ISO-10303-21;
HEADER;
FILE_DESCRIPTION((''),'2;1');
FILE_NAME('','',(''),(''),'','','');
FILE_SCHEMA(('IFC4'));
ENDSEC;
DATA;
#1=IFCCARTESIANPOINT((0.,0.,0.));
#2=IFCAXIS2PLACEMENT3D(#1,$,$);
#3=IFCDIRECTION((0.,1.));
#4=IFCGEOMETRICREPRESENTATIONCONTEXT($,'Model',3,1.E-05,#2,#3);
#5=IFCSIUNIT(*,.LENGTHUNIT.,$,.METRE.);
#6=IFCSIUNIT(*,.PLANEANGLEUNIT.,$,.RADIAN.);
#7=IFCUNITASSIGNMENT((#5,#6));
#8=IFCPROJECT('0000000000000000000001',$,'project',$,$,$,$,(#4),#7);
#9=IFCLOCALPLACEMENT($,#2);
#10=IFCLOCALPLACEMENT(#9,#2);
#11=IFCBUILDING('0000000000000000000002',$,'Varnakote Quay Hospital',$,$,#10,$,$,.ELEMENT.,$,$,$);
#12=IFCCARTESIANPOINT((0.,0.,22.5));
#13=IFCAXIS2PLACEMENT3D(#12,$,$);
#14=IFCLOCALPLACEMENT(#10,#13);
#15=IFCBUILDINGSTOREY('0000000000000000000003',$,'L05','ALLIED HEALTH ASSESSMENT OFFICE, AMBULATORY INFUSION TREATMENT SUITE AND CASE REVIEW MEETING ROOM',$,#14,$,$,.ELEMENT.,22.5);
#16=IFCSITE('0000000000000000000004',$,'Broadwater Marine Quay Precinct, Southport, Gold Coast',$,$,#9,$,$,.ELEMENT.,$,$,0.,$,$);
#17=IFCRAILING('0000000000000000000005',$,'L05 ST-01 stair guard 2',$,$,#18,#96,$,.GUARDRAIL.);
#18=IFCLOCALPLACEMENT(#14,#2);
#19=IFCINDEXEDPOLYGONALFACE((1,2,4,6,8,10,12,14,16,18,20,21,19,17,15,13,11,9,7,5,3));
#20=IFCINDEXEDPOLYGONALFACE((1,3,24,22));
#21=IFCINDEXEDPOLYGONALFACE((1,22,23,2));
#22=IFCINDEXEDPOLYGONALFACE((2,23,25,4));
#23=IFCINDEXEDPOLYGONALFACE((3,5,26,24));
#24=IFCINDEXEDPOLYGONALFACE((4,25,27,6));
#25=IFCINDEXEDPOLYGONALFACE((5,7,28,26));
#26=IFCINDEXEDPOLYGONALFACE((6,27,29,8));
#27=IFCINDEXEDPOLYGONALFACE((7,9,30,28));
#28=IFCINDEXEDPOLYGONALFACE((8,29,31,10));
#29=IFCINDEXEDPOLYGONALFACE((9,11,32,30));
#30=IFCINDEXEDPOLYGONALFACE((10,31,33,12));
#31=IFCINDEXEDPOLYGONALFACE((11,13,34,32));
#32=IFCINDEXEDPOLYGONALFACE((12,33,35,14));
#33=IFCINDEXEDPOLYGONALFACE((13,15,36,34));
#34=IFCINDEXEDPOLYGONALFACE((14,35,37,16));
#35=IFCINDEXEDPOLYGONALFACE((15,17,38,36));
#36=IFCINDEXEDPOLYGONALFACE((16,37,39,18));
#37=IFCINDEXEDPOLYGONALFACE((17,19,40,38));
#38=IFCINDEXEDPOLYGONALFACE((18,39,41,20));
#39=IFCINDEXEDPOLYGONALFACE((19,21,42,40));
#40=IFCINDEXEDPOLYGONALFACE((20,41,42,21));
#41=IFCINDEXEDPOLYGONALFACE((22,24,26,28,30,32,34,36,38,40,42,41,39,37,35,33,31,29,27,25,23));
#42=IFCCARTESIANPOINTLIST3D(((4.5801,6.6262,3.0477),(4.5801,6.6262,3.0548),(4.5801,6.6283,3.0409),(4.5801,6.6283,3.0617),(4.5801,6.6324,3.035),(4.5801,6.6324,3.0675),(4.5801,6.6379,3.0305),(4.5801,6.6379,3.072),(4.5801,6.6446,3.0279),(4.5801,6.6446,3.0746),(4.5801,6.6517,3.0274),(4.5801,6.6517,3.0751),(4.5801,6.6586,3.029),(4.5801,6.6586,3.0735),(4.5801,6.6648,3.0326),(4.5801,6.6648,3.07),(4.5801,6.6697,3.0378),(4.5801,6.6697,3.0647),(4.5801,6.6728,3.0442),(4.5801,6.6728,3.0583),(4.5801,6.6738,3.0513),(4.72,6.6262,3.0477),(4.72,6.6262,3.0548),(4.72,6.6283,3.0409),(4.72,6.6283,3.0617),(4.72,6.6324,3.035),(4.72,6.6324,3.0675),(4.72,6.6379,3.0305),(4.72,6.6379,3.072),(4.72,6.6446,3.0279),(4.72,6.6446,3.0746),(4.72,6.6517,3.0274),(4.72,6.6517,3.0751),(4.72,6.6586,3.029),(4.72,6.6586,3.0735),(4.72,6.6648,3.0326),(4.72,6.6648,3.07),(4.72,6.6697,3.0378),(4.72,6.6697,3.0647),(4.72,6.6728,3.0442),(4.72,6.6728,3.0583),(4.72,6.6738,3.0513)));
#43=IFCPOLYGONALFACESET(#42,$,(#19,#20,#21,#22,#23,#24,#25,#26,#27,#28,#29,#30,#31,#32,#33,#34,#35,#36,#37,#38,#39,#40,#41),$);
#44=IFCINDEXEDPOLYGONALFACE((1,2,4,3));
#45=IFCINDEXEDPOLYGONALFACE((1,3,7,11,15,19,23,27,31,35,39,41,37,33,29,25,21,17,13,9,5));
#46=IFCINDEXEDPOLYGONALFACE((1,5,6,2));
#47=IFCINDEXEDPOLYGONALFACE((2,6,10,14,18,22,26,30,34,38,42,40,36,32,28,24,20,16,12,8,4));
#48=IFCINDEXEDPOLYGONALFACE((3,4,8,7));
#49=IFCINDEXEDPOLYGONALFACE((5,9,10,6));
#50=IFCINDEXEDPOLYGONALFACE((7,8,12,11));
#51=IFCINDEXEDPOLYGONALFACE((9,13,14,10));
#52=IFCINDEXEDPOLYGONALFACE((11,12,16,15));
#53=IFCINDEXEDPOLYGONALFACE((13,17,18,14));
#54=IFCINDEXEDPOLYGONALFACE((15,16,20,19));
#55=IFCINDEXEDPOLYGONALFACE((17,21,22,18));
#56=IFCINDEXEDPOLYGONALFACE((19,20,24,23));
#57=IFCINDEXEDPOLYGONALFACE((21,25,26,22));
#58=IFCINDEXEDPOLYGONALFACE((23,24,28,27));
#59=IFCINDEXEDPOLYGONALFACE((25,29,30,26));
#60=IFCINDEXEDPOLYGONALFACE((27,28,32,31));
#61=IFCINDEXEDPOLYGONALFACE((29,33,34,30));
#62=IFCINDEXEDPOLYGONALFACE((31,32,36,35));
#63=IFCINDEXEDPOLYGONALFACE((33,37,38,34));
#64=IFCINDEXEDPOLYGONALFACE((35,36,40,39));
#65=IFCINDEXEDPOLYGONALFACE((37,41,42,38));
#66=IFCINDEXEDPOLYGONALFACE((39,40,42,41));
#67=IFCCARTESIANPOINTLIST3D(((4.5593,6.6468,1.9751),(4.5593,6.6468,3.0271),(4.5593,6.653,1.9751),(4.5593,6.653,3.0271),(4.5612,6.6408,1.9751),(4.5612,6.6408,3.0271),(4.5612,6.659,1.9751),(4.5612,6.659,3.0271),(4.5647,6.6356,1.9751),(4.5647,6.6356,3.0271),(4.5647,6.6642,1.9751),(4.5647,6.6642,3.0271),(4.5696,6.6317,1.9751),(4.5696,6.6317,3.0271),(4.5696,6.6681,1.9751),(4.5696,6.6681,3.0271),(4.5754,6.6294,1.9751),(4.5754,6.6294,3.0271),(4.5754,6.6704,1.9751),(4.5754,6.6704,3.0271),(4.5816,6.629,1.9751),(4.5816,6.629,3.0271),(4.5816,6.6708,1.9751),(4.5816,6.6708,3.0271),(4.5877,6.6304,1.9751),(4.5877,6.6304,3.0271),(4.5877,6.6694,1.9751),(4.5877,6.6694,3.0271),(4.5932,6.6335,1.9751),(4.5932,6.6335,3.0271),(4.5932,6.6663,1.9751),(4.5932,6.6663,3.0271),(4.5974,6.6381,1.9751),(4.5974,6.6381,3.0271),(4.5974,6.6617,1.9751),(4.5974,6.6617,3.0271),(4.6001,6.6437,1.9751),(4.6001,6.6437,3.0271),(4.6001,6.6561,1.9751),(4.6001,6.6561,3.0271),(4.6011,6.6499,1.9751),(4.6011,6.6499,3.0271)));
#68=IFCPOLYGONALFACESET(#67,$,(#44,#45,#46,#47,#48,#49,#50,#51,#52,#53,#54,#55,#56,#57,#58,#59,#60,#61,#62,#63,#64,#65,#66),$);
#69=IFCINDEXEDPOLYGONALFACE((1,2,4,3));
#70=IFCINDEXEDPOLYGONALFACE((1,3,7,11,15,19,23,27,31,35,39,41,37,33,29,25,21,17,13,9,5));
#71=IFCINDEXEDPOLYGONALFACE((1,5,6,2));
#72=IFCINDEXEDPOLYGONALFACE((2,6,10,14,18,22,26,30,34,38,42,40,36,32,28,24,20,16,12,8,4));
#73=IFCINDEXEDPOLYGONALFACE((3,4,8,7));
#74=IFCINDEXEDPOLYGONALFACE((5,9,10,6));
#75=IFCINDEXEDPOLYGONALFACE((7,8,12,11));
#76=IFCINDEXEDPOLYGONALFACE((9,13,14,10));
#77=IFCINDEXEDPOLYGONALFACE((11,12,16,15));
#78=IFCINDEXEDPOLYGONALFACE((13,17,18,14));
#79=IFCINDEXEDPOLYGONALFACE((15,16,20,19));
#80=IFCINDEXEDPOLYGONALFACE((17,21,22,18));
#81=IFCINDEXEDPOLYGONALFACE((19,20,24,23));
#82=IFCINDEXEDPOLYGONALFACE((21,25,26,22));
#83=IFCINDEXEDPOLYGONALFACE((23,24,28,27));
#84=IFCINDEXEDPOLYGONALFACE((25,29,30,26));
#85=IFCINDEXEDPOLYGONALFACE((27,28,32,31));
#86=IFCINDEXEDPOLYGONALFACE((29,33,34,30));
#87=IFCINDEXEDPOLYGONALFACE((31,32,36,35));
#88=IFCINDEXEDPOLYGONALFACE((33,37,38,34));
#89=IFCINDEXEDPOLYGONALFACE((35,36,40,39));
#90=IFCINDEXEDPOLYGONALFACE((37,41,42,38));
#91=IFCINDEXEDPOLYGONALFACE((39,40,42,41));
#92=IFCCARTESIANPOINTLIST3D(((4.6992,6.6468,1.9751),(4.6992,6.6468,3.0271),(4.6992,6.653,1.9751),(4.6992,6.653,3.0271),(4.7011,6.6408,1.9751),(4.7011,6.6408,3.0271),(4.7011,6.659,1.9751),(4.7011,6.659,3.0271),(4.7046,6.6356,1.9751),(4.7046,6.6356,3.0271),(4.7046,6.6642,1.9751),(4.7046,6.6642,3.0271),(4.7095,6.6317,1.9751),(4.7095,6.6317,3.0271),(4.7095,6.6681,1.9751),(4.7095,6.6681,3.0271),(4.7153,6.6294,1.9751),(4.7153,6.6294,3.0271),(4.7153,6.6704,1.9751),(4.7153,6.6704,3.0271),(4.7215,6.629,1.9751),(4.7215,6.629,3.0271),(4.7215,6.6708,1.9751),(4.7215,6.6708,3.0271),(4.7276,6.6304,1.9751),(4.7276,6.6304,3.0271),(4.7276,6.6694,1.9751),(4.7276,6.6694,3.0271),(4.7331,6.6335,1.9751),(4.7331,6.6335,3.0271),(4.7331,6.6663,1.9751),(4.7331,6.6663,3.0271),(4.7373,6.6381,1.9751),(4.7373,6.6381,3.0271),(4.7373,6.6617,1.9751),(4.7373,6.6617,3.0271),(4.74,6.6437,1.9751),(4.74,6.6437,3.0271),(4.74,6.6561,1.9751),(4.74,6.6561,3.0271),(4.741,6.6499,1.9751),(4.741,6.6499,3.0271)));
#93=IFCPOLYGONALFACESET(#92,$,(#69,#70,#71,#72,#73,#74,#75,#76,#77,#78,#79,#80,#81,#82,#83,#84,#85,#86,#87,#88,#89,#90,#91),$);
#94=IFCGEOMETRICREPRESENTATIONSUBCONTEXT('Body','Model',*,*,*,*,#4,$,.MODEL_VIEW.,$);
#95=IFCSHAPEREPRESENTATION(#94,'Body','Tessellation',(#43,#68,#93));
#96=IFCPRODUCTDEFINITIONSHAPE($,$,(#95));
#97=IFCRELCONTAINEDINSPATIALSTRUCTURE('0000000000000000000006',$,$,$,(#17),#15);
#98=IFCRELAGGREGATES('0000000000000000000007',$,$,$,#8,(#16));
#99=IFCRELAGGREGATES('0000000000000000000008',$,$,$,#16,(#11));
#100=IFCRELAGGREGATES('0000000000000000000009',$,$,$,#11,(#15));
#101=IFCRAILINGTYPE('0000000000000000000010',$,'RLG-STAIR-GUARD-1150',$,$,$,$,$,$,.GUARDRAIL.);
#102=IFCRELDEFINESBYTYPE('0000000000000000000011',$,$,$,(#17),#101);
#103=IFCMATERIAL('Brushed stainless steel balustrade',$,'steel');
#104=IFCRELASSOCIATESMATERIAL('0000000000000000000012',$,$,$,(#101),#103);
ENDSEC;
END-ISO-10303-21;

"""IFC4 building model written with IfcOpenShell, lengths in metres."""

from ifc_helpers import new_model, si_unit, direction, frame, origin, origin_2d, place, context, subcontext, project, spatial, circle, extrude, material, type_object, element, save


model = new_model("IFC4")

# Units and contexts
model_context = context("Model", 3, precision=1e-05, world=origin(), true_north=direction((0.0, 1.0)))
body_context = subcontext(model_context, "Body", "Model", "MODEL_VIEW")
ifc_project = project(units=[si_unit("LENGTHUNIT", "METRE"), si_unit("PLANEANGLEUNIT", "RADIAN")], contexts=[model_context])

# Site, building, storey
site_placement = place(None, origin())
site = spatial("IfcSite", under=ifc_project, at=site_placement, Name="Broadwater Marine Quay Precinct, Southport, Gold Coast", CompositionType="ELEMENT", RefElevation=0.0)
building_placement = place(site_placement, origin())
building = spatial("IfcBuilding", under=site, at=building_placement, Name="Varnakote Quay Hospital", CompositionType="ELEMENT")
storey_placement = place(building_placement, frame((0.0, 0.0, 22.5)))
storey = spatial("IfcBuildingStorey", under=building, at=storey_placement, Name="L05", Description="ALLIED HEALTH ASSESSMENT OFFICE, AMBULATORY INFUSION TREATMENT SUITE AND CASE REVIEW MEETING ROOM", CompositionType="ELEMENT", Elevation=22.5)

# Railing
ifc_material_1 = material(Name="Brushed stainless steel balustrade", Category="steel")
railing_type_1 = type_object("IfcRailingType", Name="RLG-STAIR-GUARD-1150", PredefinedType="GUARDRAIL", material=ifc_material_1)
railing_1_placement = place(storey_placement, frame((4.5801, 6.6499, 1.9751)))
element("IfcRailing", 1, at=railing_1_placement, inside=storey, type_object=railing_type_1, Name="L05 ST-01 stair guard 2", PredefinedType="GUARDRAIL", context=body_context, shape_type="SweptSolid", body=[
    extrude(circle(Radius=0.0239, at=origin_2d()), frame((0.0, 0.0, 1.0762), z_axis=(1.0, 0.0, 0.0), x_axis=(0.0, 1.0, 0.0)), (0.0, 0.0, 1.0), 0.1399),
    extrude(circle(Radius=0.021, at=origin_2d()), origin(), (0.0, 0.0, 1.0), 1.052),
    extrude(circle(Radius=0.021, at=origin_2d()), frame((0.1399, 0.0, 0.0)), (0.0, 0.0, 1.0), 1.052),
])

save(model, "model.ifc")
